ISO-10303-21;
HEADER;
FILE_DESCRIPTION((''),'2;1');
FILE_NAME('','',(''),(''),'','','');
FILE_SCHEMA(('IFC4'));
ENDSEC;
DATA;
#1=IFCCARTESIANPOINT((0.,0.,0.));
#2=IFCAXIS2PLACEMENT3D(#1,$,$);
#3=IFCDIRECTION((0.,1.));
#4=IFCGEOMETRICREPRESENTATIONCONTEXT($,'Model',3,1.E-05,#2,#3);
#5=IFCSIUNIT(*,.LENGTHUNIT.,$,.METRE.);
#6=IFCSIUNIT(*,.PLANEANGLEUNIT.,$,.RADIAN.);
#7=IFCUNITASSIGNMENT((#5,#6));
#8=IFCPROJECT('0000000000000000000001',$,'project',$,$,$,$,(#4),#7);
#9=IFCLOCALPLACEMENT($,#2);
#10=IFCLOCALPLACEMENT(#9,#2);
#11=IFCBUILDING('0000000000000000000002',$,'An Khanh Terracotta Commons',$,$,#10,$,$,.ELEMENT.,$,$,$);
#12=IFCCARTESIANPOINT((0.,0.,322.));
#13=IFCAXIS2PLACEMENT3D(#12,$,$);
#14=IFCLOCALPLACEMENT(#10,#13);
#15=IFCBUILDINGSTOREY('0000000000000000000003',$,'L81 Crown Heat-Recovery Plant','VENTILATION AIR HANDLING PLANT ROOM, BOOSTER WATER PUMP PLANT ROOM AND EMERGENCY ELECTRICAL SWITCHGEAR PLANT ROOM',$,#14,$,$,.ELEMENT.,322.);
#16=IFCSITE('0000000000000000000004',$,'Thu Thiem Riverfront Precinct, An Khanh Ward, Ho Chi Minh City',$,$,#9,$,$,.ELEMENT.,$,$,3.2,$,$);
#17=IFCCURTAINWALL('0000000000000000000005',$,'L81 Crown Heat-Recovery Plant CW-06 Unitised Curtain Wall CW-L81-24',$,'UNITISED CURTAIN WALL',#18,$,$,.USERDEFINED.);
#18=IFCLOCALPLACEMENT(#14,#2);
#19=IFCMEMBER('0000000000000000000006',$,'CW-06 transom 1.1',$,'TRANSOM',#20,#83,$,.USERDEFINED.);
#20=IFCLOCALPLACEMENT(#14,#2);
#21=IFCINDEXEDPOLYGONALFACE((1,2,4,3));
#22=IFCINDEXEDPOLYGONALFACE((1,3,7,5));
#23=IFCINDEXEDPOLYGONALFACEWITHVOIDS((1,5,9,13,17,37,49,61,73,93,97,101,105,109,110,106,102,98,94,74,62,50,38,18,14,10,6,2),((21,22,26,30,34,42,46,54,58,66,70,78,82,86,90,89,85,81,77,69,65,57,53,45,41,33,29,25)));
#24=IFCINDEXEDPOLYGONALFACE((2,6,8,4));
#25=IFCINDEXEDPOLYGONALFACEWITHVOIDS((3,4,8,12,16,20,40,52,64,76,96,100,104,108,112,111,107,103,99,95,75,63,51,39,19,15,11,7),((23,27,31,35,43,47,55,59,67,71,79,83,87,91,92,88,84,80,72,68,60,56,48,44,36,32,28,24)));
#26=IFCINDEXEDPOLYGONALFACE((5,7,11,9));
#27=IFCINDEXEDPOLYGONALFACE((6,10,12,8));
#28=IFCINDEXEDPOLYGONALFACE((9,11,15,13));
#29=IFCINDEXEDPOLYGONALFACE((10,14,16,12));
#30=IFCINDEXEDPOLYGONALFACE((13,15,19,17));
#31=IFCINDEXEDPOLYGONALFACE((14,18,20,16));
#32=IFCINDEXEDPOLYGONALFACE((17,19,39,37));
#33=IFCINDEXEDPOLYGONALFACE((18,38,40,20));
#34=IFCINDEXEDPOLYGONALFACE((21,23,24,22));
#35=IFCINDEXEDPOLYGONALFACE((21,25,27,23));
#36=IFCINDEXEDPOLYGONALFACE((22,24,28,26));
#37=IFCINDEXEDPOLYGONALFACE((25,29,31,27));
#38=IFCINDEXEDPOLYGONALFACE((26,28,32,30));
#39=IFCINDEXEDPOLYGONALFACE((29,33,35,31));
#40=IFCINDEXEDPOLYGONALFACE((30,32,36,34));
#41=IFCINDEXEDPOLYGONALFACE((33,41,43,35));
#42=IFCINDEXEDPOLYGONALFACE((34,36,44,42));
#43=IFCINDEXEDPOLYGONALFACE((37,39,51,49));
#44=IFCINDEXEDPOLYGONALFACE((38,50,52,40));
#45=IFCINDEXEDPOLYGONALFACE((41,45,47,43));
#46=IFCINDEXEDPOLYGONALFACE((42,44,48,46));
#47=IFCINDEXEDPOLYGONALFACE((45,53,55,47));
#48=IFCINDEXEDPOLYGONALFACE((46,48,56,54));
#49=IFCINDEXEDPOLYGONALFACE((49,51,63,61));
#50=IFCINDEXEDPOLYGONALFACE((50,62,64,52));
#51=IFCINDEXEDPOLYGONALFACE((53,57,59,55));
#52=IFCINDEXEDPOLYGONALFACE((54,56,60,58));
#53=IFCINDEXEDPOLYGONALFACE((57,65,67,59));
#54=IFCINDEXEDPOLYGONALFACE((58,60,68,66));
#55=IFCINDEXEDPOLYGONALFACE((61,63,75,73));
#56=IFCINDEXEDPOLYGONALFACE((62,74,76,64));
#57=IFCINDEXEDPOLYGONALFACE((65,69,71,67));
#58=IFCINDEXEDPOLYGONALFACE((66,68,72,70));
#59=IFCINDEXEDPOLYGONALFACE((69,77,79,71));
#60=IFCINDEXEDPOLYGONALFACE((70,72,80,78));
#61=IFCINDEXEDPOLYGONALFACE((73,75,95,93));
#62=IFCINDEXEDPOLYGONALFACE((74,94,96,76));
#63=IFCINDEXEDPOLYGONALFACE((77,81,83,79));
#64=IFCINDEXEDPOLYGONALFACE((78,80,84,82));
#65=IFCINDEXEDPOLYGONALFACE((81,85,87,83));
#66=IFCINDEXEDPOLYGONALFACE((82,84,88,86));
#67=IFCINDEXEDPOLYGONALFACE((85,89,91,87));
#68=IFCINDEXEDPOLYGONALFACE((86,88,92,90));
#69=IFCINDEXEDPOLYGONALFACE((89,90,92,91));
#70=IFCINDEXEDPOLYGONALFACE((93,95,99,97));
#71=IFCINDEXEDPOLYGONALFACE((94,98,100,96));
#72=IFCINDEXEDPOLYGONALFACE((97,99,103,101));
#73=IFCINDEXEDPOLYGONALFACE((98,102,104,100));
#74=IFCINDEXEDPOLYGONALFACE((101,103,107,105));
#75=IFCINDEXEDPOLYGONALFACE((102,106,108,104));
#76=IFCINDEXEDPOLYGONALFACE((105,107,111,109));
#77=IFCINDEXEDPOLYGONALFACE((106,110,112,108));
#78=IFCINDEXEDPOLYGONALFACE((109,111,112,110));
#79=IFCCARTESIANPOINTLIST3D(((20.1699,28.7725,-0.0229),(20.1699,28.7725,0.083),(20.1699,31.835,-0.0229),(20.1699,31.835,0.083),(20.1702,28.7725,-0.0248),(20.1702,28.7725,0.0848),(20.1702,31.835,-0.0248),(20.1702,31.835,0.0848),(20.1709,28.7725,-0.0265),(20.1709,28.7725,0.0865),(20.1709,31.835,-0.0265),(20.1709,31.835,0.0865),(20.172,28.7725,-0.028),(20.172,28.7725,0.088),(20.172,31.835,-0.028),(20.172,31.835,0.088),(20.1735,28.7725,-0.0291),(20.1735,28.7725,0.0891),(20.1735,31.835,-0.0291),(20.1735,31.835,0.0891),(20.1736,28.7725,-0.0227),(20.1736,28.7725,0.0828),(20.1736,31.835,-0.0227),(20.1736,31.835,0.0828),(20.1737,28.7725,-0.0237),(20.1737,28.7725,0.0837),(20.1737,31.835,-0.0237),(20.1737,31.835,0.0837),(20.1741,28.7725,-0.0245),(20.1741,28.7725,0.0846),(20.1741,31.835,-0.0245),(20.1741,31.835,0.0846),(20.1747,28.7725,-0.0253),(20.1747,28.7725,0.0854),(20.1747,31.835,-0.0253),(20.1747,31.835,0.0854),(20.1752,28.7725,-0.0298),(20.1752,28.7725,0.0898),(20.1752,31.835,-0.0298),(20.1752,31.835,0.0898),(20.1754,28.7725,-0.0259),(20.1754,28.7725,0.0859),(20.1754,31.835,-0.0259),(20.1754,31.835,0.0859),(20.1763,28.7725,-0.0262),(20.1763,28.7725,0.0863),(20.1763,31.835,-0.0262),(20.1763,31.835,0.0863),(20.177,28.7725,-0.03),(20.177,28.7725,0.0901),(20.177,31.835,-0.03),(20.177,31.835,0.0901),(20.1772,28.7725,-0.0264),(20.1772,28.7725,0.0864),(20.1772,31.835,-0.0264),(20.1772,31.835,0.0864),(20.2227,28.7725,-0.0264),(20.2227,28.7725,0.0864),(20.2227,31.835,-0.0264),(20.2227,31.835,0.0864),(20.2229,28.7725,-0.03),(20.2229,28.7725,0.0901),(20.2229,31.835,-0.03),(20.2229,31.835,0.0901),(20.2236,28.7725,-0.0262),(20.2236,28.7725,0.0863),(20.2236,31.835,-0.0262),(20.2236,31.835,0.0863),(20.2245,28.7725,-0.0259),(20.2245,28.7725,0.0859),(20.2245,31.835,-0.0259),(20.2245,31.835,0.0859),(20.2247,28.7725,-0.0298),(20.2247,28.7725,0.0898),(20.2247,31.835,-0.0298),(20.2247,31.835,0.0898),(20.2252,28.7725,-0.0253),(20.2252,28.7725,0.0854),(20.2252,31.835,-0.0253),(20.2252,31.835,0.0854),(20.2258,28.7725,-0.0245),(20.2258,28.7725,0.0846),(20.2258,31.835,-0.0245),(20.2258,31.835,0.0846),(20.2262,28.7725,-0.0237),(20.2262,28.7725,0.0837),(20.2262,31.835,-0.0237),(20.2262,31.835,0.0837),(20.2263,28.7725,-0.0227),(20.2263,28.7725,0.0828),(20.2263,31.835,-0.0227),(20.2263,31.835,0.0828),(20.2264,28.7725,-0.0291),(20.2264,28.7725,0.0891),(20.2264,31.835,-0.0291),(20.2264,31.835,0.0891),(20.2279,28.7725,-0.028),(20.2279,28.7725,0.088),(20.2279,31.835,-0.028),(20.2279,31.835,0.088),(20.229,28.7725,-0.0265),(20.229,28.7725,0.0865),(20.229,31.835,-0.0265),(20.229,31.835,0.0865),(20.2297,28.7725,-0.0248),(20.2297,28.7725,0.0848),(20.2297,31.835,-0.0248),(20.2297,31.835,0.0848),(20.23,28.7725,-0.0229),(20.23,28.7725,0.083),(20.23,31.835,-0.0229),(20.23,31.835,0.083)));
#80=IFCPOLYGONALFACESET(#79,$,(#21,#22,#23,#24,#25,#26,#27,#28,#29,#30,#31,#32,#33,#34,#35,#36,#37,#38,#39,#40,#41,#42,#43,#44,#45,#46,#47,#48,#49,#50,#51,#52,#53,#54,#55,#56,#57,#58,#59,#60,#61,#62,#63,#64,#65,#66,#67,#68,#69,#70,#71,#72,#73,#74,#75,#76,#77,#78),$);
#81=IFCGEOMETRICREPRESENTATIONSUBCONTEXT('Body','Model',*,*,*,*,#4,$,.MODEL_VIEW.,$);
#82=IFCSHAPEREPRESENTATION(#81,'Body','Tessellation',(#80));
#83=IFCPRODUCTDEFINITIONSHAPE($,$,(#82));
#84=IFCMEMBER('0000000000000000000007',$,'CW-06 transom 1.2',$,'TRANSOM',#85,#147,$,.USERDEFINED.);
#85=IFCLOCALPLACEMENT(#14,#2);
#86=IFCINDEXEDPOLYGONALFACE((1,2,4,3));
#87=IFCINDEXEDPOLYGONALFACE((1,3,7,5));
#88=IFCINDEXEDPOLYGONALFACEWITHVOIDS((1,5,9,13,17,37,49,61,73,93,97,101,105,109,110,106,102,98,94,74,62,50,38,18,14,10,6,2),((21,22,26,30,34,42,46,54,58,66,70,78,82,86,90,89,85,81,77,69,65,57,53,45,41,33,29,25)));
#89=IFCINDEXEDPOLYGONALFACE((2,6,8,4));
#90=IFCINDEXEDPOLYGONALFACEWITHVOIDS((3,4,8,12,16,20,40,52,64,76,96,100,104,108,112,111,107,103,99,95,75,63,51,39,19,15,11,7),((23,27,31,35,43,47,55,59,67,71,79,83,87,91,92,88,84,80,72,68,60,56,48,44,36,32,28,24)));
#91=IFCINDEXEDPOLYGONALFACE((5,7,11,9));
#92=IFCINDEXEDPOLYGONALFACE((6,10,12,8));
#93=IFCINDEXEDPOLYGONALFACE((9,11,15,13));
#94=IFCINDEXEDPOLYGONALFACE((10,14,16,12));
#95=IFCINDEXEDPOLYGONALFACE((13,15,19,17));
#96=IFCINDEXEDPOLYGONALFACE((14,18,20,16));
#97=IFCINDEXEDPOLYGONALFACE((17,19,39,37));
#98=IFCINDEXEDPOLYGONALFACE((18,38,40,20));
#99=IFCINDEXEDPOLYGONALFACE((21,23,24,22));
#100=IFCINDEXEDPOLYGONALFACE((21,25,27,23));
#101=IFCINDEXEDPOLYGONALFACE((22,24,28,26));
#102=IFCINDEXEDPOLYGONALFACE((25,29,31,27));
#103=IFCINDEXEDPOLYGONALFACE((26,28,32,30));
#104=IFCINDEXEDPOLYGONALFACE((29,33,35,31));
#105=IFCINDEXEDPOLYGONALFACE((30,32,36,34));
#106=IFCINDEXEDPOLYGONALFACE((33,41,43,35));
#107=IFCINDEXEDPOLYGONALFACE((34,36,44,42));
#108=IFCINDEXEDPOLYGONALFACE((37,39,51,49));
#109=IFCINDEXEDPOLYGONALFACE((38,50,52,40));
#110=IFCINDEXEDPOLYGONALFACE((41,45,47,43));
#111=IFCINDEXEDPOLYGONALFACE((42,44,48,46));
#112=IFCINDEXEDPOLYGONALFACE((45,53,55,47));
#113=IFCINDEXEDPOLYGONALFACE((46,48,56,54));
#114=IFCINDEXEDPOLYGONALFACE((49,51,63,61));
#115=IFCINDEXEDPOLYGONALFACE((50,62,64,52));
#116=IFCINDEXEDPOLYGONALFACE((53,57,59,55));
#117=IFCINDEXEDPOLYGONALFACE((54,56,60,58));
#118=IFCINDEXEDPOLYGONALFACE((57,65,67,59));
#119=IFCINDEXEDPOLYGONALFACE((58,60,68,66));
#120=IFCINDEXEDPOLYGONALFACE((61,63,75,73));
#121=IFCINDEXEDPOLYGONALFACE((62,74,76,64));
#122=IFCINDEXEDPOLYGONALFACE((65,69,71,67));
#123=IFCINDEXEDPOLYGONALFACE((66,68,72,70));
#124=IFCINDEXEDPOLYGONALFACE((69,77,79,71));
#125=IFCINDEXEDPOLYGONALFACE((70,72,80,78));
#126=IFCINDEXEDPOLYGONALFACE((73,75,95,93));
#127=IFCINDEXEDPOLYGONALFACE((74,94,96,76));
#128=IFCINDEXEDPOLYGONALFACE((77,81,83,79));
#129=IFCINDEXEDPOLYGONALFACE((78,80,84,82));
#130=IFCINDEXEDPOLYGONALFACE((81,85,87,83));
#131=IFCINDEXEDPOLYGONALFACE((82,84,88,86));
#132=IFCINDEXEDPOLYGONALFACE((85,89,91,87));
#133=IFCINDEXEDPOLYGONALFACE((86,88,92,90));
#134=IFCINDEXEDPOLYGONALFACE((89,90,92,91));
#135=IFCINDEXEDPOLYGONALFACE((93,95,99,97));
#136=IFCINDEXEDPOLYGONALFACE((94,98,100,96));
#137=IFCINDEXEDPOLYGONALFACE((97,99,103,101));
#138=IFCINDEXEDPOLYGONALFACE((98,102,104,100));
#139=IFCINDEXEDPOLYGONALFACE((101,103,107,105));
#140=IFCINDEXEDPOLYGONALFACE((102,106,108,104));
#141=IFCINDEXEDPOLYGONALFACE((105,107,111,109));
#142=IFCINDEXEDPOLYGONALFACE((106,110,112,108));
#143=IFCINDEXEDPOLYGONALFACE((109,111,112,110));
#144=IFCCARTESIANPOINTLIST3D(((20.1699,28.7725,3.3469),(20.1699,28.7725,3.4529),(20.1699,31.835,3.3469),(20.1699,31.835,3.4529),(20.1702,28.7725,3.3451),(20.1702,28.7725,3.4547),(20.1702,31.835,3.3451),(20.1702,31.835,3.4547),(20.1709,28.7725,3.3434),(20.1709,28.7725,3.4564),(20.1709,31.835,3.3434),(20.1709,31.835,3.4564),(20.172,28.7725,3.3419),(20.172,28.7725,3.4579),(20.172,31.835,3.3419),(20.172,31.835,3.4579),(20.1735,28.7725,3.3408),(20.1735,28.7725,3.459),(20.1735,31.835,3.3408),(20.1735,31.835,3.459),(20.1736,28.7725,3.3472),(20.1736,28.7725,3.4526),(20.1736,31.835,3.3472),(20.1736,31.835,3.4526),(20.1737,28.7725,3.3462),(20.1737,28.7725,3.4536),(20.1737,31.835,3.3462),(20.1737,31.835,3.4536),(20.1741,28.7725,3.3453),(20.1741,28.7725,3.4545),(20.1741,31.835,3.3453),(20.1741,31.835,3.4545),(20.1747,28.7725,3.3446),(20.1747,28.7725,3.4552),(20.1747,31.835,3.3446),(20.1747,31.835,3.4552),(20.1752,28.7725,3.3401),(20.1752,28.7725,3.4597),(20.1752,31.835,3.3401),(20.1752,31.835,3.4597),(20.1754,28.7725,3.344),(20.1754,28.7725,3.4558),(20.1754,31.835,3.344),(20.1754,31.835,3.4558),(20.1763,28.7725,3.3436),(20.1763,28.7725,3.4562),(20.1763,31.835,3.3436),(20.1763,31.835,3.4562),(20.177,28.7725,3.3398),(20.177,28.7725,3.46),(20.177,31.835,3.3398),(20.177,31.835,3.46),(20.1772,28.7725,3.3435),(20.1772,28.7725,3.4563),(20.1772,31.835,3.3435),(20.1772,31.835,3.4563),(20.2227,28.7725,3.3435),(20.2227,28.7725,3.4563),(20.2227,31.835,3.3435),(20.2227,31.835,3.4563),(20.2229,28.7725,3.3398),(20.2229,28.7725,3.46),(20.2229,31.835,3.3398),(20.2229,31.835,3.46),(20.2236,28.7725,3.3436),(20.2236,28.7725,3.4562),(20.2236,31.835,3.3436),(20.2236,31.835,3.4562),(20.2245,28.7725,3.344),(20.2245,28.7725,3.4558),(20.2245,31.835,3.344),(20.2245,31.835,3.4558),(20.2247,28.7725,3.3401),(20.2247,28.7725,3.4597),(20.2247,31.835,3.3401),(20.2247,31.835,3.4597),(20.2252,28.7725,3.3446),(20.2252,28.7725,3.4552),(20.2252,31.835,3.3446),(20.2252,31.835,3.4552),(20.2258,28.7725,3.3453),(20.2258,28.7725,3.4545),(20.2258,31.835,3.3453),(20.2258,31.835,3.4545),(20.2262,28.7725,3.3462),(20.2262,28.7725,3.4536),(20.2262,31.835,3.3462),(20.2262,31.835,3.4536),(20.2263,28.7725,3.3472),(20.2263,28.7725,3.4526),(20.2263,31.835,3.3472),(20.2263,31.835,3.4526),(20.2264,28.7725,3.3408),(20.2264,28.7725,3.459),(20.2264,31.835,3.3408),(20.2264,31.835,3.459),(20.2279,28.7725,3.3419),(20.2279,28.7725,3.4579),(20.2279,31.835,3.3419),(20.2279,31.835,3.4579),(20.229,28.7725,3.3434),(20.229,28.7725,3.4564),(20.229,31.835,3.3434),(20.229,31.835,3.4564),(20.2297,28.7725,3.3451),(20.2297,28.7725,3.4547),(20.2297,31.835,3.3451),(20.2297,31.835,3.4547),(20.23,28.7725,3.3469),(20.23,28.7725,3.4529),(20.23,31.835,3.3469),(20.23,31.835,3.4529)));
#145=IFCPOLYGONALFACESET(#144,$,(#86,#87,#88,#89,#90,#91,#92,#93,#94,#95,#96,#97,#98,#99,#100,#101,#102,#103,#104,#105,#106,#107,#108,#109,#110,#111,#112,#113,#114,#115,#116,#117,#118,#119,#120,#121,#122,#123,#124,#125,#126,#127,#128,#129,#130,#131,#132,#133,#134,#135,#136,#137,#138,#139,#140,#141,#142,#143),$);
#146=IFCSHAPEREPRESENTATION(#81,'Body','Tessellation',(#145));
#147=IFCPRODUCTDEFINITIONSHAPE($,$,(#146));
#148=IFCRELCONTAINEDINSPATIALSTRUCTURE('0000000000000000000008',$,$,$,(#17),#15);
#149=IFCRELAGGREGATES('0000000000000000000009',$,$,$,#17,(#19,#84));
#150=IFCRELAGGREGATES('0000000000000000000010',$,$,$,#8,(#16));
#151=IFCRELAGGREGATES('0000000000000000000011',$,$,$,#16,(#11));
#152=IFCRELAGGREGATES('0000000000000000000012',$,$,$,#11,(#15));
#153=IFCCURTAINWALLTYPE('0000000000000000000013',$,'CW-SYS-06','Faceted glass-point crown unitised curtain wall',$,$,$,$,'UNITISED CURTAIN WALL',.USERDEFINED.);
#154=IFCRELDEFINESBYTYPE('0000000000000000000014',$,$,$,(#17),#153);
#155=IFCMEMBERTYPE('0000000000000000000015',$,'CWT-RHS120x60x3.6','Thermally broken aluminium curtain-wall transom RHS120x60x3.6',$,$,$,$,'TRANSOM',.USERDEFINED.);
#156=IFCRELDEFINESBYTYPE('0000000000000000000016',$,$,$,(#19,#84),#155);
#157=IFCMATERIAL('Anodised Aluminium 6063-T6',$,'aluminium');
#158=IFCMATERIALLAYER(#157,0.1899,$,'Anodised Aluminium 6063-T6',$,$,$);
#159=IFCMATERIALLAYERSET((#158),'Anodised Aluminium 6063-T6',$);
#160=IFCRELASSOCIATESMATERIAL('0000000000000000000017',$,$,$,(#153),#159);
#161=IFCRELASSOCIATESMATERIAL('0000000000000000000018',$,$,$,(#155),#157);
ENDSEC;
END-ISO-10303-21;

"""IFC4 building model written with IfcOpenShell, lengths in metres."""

from ifc_helpers import new_model, si_unit, direction, frame, origin, origin_2d, place, context, subcontext, project, spatial, hollow_rectangle, extrude, material, layer, layer_set, material_profile, profile_set, type_object, element, aggregate, save


model = new_model("IFC4")

# Units and contexts
model_context = context("Model", 3, precision=1e-05, world=origin(), true_north=direction((0.0, 1.0)))
body_context = subcontext(model_context, "Body", "Model", "MODEL_VIEW")
ifc_project = project(units=[si_unit("LENGTHUNIT", "METRE"), si_unit("PLANEANGLEUNIT", "RADIAN")], contexts=[model_context])

# Site, building, storey
site_placement = place(None, origin())
site = spatial("IfcSite", under=ifc_project, at=site_placement, Name="Thu Thiem Riverfront Precinct, An Khanh Ward, Ho Chi Minh City", CompositionType="ELEMENT", RefElevation=3.2)
building_placement = place(site_placement, origin())
building = spatial("IfcBuilding", under=site, at=building_placement, Name="An Khanh Terracotta Commons", CompositionType="ELEMENT")
storey_placement = place(building_placement, frame((0.0, 0.0, 322.0)))
storey = spatial("IfcBuildingStorey", under=building, at=storey_placement, Name="L81 Crown Heat-Recovery Plant", Description="VENTILATION AIR HANDLING PLANT ROOM, BOOSTER WATER PUMP PLANT ROOM AND EMERGENCY ELECTRICAL SWITCHGEAR PLANT ROOM", CompositionType="ELEMENT", Elevation=322.0)

# Shared definitions
ifc_material_1 = material(Name="Anodised Aluminium 6063-T6", Category="aluminium")
ifc_layer_1 = layer(ifc_material_1, 0.1899, Name="Anodised Aluminium 6063-T6")
ifc_layer_set_1 = layer_set([ifc_layer_1], Name="Anodised Aluminium 6063-T6")
curtain_wall_type = type_object("IfcCurtainWallType", Name="CW-SYS-06", Description="Faceted glass-point crown unitised curtain wall", ElementType="UNITISED CURTAIN WALL", PredefinedType="USERDEFINED", material=ifc_layer_set_1)

# Curtain wall, members
curtain_wall_1_placement = place(storey_placement, origin())
curtain_wall_1 = element("IfcCurtainWall", 1, at=curtain_wall_1_placement, inside=storey, type_object=curtain_wall_type, Name="L81 Crown Heat-Recovery Plant CW-06 Unitised Curtain Wall CW-L81-24", ObjectType="UNITISED CURTAIN WALL", PredefinedType="USERDEFINED")
ifc_material_profile_1 = material_profile(ifc_material_1, hollow_rectangle(XDim=0.0601, YDim=0.1201, WallThickness=0.0037, InnerFilletRadius=0.0037, OuterFilletRadius=0.0071, at=origin_2d()), Name="RHS120x60x3.6")
ifc_profile_set_1 = profile_set([ifc_material_profile_1], Name="Anodised Aluminium 6063-T6")
member_type_1 = type_object("IfcMemberType", Name="CWT-RHS120x60x3.6", Description="Thermally broken aluminium curtain-wall transom RHS120x60x3.6", ElementType="TRANSOM", PredefinedType="USERDEFINED", material=ifc_profile_set_1)
member_1_placement = place(storey_placement, frame((20.2, 31.835, 0.03), z_axis=(0.0, -1.0, 0.0), x_axis=(1.0, 0.0, 0.0)))
member_1 = element("IfcMember", 2, at=member_1_placement, type_object=member_type_1, Name="CW-06 transom 1.1", ObjectType="TRANSOM", PredefinedType="USERDEFINED", context=body_context, shape_type="SweptSolid", body=[
    extrude(hollow_rectangle(XDim=0.0601, YDim=0.1201, WallThickness=0.0037, InnerFilletRadius=0.0037, OuterFilletRadius=0.0071, at=origin_2d()), origin(), (0.0, 0.0, 1.0), 3.0625),
])
member_2_placement = place(storey_placement, frame((20.2, 31.835, 3.3999), z_axis=(0.0, -1.0, 0.0), x_axis=(1.0, 0.0, 0.0)))
member_2 = element("IfcMember", 3, at=member_2_placement, type_object=member_type_1, Name="CW-06 transom 1.2", ObjectType="TRANSOM", PredefinedType="USERDEFINED", context=body_context, shape_type="SweptSolid", body=[
    extrude(hollow_rectangle(XDim=0.0601, YDim=0.1201, WallThickness=0.0037, InnerFilletRadius=0.0037, OuterFilletRadius=0.0071, at=origin_2d()), origin(), (0.0, 0.0, 1.0), 3.0625),
])

aggregate(curtain_wall_1, [member_1, member_2])

save(model, "model.ifc")
